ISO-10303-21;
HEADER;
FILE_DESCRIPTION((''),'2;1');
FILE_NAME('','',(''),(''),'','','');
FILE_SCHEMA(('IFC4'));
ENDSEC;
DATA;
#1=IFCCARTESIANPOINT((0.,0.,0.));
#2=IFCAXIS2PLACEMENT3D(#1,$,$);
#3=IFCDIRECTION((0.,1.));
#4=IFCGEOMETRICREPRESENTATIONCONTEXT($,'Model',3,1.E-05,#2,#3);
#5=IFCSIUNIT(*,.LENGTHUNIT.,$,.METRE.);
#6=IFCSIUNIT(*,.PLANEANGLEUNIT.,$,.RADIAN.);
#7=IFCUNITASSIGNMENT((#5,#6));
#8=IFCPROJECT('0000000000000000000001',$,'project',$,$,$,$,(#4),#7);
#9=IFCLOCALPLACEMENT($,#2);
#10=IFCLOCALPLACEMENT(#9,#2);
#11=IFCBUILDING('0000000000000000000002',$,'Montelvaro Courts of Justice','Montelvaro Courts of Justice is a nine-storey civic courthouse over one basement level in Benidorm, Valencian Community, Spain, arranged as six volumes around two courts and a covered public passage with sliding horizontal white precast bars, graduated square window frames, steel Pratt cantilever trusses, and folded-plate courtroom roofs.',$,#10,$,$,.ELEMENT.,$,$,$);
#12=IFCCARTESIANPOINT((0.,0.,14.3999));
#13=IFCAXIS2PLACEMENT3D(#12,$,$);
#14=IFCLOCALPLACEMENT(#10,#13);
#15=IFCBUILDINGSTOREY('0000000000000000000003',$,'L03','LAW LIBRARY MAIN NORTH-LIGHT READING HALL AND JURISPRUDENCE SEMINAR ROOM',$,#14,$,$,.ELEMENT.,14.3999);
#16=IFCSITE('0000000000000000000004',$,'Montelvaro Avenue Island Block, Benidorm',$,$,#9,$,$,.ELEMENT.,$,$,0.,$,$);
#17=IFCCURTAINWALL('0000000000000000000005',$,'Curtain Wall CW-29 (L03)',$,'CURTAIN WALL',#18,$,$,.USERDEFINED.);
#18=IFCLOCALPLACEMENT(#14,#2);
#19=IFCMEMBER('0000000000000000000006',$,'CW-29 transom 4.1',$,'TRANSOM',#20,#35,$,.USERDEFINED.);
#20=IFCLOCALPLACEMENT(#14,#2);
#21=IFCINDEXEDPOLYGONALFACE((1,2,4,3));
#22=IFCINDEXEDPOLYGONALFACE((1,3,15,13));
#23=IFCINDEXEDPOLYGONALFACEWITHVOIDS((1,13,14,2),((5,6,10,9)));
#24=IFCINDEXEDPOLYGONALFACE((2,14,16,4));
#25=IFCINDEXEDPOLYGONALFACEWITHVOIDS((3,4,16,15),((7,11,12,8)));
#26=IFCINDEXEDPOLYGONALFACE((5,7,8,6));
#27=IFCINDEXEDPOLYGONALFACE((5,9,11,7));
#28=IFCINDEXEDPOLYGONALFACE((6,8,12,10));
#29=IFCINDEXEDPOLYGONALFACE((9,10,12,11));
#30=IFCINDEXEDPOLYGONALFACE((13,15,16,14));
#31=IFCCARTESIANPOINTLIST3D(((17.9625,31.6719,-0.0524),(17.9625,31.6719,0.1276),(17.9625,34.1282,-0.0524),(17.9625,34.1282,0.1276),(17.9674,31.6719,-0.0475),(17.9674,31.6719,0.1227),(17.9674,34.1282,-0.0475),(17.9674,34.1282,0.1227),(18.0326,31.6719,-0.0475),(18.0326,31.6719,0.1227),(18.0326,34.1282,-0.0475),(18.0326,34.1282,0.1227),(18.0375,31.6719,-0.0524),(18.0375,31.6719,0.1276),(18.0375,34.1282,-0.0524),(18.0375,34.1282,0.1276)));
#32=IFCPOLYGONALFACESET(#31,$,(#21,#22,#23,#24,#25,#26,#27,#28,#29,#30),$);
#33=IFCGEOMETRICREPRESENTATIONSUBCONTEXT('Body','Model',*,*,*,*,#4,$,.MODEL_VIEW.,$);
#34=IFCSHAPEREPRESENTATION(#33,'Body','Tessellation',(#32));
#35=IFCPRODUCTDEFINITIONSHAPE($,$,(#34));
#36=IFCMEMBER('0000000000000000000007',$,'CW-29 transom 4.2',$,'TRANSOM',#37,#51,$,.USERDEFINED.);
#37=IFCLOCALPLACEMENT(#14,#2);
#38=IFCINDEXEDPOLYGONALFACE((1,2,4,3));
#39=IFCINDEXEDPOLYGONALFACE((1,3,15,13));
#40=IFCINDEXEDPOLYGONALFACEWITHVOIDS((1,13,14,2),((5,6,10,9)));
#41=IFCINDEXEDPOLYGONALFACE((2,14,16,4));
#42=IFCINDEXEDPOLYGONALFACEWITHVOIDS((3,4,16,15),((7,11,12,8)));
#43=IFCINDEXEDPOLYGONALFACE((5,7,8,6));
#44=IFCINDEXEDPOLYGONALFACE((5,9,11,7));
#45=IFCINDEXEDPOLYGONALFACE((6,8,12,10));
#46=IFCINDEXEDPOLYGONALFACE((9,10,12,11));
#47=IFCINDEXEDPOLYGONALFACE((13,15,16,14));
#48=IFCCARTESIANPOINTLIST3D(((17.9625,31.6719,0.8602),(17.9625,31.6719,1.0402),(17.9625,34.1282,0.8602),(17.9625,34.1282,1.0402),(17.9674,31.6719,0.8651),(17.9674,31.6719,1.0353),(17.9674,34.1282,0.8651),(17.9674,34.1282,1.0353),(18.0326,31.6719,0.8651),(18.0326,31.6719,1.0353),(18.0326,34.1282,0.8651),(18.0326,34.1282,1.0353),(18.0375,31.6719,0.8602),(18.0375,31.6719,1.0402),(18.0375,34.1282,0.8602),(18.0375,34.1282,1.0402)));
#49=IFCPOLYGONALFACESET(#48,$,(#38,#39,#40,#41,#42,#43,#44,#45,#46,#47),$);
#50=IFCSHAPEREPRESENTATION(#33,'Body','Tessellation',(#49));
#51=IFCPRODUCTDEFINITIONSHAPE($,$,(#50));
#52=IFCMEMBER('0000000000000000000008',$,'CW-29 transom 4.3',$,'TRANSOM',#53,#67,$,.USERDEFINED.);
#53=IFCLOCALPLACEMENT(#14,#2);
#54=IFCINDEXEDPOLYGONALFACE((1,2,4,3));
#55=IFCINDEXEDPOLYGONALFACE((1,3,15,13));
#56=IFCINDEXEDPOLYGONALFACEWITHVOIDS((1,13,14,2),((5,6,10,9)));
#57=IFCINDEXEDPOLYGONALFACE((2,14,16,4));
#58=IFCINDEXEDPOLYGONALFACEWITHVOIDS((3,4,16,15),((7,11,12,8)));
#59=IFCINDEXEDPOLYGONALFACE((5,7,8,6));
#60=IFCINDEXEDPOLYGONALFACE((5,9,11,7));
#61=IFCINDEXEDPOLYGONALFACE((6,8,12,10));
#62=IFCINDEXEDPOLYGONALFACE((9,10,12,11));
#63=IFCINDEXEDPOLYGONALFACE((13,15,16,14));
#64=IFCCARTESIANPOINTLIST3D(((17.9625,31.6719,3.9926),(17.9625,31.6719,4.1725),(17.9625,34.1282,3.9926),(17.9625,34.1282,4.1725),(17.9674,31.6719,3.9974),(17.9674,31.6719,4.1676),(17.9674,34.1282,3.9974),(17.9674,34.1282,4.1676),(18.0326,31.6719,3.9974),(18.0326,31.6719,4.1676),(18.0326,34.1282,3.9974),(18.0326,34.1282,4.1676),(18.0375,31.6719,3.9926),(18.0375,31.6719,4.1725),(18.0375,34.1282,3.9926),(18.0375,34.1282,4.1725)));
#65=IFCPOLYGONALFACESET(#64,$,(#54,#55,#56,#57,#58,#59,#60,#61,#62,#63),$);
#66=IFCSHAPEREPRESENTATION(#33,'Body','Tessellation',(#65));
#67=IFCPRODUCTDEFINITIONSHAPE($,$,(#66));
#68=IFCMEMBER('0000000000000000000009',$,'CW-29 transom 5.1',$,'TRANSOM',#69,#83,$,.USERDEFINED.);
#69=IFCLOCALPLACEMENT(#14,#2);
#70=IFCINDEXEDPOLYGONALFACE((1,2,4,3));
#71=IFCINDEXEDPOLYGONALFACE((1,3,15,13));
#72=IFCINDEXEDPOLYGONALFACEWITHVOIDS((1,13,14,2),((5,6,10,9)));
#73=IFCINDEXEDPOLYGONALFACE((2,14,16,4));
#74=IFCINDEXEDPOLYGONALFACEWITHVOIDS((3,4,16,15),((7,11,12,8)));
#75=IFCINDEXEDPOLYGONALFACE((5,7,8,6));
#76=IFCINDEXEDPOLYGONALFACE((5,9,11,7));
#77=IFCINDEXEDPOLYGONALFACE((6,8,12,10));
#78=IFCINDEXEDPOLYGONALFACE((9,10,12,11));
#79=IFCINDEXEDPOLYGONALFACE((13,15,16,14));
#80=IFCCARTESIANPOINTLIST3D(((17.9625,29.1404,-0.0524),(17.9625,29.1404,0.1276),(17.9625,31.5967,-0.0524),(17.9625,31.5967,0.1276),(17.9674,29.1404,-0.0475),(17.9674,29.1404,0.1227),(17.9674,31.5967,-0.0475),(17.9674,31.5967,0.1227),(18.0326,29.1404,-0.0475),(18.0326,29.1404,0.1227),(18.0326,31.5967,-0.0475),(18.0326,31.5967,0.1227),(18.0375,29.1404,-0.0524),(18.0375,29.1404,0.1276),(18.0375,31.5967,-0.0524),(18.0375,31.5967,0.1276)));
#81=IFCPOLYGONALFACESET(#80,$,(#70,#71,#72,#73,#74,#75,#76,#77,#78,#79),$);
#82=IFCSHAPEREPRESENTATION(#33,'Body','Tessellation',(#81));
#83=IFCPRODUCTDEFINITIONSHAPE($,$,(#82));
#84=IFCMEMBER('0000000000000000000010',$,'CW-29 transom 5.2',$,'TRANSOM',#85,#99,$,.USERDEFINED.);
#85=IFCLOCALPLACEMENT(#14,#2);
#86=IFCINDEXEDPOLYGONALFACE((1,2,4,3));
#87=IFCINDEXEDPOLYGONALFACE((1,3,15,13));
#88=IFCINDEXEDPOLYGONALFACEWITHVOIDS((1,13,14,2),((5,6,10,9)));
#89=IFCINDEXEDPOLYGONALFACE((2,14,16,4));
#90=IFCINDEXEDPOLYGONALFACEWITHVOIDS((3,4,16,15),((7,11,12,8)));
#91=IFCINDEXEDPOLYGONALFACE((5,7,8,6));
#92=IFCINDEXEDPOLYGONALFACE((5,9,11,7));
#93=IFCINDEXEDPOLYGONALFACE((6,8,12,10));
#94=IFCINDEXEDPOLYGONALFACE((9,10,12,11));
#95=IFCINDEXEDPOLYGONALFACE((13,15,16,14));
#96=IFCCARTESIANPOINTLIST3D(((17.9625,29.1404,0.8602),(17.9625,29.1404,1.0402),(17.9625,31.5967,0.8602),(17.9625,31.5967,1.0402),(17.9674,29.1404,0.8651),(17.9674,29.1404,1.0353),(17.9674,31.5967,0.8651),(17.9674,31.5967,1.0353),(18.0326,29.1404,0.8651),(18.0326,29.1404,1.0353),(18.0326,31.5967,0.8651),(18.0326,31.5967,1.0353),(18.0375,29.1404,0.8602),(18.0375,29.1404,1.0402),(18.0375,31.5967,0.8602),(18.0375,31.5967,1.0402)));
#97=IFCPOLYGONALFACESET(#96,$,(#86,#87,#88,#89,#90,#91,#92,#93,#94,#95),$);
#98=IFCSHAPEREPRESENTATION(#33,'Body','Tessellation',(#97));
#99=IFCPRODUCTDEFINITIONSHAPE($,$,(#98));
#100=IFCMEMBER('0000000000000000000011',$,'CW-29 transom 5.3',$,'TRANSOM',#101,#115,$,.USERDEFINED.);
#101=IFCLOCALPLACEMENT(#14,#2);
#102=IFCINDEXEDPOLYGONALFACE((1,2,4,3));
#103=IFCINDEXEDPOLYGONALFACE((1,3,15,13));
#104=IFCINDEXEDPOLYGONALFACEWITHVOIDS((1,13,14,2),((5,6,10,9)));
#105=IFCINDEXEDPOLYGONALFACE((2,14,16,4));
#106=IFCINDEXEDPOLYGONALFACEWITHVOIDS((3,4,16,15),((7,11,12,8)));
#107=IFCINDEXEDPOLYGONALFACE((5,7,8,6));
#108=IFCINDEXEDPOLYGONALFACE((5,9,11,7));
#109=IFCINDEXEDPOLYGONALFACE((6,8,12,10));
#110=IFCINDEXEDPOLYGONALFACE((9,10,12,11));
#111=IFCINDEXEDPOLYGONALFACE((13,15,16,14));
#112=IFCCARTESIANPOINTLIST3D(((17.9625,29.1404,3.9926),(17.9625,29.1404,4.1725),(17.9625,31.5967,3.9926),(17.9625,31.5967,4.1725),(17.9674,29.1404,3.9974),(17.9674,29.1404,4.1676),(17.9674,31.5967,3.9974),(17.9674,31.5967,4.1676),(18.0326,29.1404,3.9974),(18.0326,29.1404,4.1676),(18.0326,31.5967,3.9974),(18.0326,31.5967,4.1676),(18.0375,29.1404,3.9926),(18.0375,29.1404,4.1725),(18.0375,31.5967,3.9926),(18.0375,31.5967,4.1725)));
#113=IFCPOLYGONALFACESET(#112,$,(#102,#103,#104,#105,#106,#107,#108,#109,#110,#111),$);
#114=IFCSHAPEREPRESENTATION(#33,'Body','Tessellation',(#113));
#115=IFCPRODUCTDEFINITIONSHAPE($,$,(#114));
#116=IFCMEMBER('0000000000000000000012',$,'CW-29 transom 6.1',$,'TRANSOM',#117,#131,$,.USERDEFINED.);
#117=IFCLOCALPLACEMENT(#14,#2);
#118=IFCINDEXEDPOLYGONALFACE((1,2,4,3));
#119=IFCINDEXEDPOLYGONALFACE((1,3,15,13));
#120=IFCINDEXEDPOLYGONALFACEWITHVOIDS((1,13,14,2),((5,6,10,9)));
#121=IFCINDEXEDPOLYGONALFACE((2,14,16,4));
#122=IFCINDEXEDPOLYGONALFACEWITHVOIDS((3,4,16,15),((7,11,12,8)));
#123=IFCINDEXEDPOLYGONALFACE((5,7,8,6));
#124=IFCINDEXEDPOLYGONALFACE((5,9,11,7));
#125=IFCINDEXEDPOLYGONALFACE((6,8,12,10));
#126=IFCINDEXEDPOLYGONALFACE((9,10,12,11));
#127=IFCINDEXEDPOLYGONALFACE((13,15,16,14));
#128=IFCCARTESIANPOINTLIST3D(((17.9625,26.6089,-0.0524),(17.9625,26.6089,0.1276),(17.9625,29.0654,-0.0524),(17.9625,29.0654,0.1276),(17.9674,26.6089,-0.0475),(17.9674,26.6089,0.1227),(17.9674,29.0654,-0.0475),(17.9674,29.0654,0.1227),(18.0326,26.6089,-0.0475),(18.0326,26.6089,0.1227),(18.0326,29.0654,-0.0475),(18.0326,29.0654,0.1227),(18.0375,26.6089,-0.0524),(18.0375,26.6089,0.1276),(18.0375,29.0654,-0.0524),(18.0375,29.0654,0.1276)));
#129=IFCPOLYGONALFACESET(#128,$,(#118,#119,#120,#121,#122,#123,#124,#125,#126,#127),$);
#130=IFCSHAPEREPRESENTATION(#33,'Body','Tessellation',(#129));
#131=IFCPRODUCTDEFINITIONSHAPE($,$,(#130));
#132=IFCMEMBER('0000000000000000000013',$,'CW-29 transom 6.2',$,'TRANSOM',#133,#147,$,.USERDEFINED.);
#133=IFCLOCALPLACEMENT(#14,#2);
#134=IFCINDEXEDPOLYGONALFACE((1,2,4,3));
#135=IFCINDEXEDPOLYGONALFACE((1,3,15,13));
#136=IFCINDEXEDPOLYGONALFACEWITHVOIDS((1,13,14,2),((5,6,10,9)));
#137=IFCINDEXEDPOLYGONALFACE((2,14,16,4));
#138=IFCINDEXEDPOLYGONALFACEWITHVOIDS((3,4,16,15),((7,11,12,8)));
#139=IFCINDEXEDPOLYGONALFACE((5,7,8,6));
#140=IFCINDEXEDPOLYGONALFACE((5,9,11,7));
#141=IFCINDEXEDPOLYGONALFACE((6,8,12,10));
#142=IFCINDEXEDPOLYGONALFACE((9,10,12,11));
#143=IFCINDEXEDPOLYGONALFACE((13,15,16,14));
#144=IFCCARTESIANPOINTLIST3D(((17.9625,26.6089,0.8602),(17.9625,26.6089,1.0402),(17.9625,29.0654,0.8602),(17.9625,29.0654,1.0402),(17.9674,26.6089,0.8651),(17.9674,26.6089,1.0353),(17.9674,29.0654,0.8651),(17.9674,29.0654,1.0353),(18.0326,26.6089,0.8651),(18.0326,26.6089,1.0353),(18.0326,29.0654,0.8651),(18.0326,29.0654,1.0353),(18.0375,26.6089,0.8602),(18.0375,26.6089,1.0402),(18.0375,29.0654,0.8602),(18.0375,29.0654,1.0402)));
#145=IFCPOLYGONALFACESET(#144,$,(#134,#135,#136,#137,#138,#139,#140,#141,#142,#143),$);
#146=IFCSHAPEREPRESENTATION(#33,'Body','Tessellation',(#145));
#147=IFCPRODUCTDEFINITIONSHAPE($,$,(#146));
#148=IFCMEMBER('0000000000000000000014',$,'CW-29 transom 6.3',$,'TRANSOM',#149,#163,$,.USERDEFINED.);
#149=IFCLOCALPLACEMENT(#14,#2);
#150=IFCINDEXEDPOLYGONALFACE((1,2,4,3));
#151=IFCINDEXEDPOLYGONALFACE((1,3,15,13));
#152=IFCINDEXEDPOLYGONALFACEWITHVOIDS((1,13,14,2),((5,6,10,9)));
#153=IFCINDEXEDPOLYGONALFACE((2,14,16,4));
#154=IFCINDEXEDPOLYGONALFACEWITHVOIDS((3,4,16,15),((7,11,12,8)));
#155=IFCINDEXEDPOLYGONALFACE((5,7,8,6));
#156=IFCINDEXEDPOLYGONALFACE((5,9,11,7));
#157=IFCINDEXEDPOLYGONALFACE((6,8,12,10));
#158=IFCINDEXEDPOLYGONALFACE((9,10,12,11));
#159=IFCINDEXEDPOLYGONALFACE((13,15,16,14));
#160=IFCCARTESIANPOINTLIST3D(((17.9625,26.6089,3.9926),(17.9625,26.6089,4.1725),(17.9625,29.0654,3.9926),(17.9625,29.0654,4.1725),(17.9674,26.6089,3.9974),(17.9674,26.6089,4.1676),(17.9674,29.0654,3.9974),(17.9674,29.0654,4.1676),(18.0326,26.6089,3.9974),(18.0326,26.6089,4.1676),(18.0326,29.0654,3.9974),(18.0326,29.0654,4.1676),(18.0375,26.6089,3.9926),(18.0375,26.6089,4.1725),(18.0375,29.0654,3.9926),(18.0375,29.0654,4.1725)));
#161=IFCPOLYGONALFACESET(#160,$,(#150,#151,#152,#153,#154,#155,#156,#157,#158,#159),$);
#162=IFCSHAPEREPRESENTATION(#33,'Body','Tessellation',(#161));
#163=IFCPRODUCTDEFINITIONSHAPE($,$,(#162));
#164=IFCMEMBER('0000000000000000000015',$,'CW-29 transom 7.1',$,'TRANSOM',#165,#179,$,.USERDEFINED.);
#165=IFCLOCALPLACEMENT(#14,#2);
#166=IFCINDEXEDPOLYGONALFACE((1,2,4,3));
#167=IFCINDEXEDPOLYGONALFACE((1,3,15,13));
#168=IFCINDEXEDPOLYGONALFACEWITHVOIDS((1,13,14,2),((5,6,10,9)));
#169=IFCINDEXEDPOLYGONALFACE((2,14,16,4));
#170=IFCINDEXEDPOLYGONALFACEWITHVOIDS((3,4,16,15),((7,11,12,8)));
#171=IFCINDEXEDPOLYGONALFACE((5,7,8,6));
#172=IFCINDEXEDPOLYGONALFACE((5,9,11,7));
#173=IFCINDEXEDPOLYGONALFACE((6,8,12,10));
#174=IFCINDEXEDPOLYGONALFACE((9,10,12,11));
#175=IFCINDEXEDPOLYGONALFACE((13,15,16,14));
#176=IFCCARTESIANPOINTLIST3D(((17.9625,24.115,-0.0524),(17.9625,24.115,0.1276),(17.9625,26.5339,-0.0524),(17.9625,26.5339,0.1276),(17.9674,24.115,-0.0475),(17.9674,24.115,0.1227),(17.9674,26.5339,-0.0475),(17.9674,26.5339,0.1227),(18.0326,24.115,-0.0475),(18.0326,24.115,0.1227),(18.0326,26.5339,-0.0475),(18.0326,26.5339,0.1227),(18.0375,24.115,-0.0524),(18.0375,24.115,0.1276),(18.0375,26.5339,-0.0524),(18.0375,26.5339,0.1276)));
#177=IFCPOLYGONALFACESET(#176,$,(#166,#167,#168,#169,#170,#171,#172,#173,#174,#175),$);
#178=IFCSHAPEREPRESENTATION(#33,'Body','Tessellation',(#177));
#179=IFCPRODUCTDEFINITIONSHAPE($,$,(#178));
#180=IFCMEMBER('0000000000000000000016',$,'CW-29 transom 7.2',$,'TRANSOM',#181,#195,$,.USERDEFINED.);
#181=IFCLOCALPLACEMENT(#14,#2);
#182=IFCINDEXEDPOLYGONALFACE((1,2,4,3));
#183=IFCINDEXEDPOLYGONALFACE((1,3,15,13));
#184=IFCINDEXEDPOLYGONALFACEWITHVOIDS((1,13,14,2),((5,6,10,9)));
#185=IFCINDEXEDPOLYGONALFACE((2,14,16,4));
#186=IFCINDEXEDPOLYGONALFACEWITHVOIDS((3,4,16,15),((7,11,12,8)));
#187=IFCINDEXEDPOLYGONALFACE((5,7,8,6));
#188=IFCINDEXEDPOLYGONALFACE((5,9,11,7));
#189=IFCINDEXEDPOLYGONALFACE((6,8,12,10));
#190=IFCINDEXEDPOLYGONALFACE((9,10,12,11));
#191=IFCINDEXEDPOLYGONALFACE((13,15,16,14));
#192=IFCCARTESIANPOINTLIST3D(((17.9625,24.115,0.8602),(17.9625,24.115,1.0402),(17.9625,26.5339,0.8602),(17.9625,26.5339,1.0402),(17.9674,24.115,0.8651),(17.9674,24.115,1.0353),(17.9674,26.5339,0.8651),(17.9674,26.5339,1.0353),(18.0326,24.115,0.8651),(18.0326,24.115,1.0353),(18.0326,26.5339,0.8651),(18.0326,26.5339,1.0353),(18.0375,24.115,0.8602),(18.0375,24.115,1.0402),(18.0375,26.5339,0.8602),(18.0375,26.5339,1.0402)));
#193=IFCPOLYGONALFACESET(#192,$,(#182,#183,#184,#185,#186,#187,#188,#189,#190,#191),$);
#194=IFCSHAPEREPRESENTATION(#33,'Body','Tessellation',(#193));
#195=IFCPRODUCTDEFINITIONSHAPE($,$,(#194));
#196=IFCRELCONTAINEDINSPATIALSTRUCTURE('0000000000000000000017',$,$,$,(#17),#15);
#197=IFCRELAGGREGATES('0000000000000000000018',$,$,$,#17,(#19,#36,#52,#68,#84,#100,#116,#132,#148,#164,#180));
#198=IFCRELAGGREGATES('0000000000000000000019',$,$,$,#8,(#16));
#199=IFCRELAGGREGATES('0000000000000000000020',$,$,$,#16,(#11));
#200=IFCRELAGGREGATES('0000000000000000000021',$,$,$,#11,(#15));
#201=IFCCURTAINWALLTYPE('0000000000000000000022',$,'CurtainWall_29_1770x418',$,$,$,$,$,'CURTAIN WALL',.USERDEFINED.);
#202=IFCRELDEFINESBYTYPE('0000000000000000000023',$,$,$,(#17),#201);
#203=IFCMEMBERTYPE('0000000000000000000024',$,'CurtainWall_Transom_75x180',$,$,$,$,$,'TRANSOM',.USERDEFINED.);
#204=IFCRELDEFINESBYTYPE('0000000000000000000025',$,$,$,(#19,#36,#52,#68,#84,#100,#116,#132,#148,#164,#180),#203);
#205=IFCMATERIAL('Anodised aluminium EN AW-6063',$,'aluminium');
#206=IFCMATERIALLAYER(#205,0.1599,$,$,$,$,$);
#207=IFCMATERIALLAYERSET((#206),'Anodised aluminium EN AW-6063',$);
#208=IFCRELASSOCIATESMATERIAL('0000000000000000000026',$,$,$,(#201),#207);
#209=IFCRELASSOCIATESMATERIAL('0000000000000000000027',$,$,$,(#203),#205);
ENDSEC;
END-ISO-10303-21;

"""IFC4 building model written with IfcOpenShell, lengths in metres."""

from ifc_helpers import new_model, si_unit, direction, frame, origin, origin_2d, place, context, subcontext, project, spatial, hollow_rectangle, extrude, material, layer, layer_set, material_profile, profile_set, type_object, element, aggregate, save


model = new_model("IFC4")

# Units and contexts
model_context = context("Model", 3, precision=1e-05, world=origin(), true_north=direction((0.0, 1.0)))
body_context = subcontext(model_context, "Body", "Model", "MODEL_VIEW")
ifc_project = project(units=[si_unit("LENGTHUNIT", "METRE"), si_unit("PLANEANGLEUNIT", "RADIAN")], contexts=[model_context])

# Site, building, storey
site_placement = place(None, origin())
site = spatial("IfcSite", under=ifc_project, at=site_placement, Name="Montelvaro Avenue Island Block, Benidorm", CompositionType="ELEMENT", RefElevation=0.0)
building_placement = place(site_placement, origin())
building = spatial("IfcBuilding", under=site, at=building_placement, Name="Montelvaro Courts of Justice", Description="Montelvaro Courts of Justice is a nine-storey civic courthouse over one basement level in Benidorm, Valencian Community, Spain, arranged as six volumes around two courts and a covered public passage with sliding horizontal white precast bars, graduated square window frames, steel Pratt cantilever trusses, and folded-plate courtroom roofs.", CompositionType="ELEMENT")
storey_placement = place(building_placement, frame((0.0, 0.0, 14.3999)))
storey = spatial("IfcBuildingStorey", under=building, at=storey_placement, Name="L03", Description="LAW LIBRARY MAIN NORTH-LIGHT READING HALL AND JURISPRUDENCE SEMINAR ROOM", CompositionType="ELEMENT", Elevation=14.3999)

# Curtain wall, members
ifc_material_1 = material(Name="Anodised aluminium EN AW-6063", Category="aluminium")
ifc_layer_1 = layer(ifc_material_1, 0.1599)
ifc_layer_set_1 = layer_set([ifc_layer_1], Name="Anodised aluminium EN AW-6063")
curtain_wall_type = type_object("IfcCurtainWallType", Name="CurtainWall_29_1770x418", ElementType="CURTAIN WALL", PredefinedType="USERDEFINED", material=ifc_layer_set_1)
curtain_wall_placement = place(storey_placement, origin())
curtain_wall = element("IfcCurtainWall", 1, at=curtain_wall_placement, inside=storey, type_object=curtain_wall_type, Name="Curtain Wall CW-29 (L03)", ObjectType="CURTAIN WALL", PredefinedType="USERDEFINED")
ifc_material_profile_1 = material_profile(ifc_material_1, hollow_rectangle(XDim=0.075, YDim=0.1799, WallThickness=0.0049, at=origin_2d()), Name="ALU-T 75x180")
ifc_profile_set_1 = profile_set([ifc_material_profile_1], Name="Anodised aluminium EN AW-6063")
member_type_1 = type_object("IfcMemberType", Name="CurtainWall_Transom_75x180", ElementType="TRANSOM", PredefinedType="USERDEFINED", material=ifc_profile_set_1)
member_1_placement = place(storey_placement, frame((18.0, 34.1282, 0.0376), z_axis=(0.0, -1.0, 0.0), x_axis=(1.0, 0.0, 0.0)))
member_1 = element("IfcMember", 2, at=member_1_placement, type_object=member_type_1, Name="CW-29 transom 4.1", ObjectType="TRANSOM", PredefinedType="USERDEFINED", context=body_context, shape_type="SweptSolid", body=[
    extrude(hollow_rectangle(XDim=0.075, YDim=0.1799, WallThickness=0.0049, at=origin_2d()), origin(), (0.0, 0.0, 1.0), 2.4563),
])
member_2_placement = place(storey_placement, frame((18.0, 34.1282, 0.9502), z_axis=(0.0, -1.0, 0.0), x_axis=(1.0, 0.0, 0.0)))
member_2 = element("IfcMember", 3, at=member_2_placement, type_object=member_type_1, Name="CW-29 transom 4.2", ObjectType="TRANSOM", PredefinedType="USERDEFINED", context=body_context, shape_type="SweptSolid", body=[
    extrude(hollow_rectangle(XDim=0.075, YDim=0.1799, WallThickness=0.0049, at=origin_2d()), origin(), (0.0, 0.0, 1.0), 2.4563),
])
member_3_placement = place(storey_placement, frame((18.0, 34.1282, 4.0825), z_axis=(0.0, -1.0, 0.0), x_axis=(1.0, 0.0, 0.0)))
member_3 = element("IfcMember", 4, at=member_3_placement, type_object=member_type_1, Name="CW-29 transom 4.3", ObjectType="TRANSOM", PredefinedType="USERDEFINED", context=body_context, shape_type="SweptSolid", body=[
    extrude(hollow_rectangle(XDim=0.075, YDim=0.1799, WallThickness=0.0049, at=origin_2d()), origin(), (0.0, 0.0, 1.0), 2.4563),
])
member_4_placement = place(storey_placement, frame((18.0, 31.5967, 0.0376), z_axis=(0.0, -1.0, 0.0), x_axis=(1.0, 0.0, 0.0)))
member_4 = element("IfcMember", 5, at=member_4_placement, type_object=member_type_1, Name="CW-29 transom 5.1", ObjectType="TRANSOM", PredefinedType="USERDEFINED", context=body_context, shape_type="SweptSolid", body=[
    extrude(hollow_rectangle(XDim=0.075, YDim=0.1799, WallThickness=0.0049, at=origin_2d()), origin(), (0.0, 0.0, 1.0), 2.4563),
])
member_5_placement = place(storey_placement, frame((18.0, 31.5967, 0.9502), z_axis=(0.0, -1.0, 0.0), x_axis=(1.0, 0.0, 0.0)))
member_5 = element("IfcMember", 6, at=member_5_placement, type_object=member_type_1, Name="CW-29 transom 5.2", ObjectType="TRANSOM", PredefinedType="USERDEFINED", context=body_context, shape_type="SweptSolid", body=[
    extrude(hollow_rectangle(XDim=0.075, YDim=0.1799, WallThickness=0.0049, at=origin_2d()), origin(), (0.0, 0.0, 1.0), 2.4563),
])
member_6_placement = place(storey_placement, frame((18.0, 31.5967, 4.0825), z_axis=(0.0, -1.0, 0.0), x_axis=(1.0, 0.0, 0.0)))
member_6 = element("IfcMember", 7, at=member_6_placement, type_object=member_type_1, Name="CW-29 transom 5.3", ObjectType="TRANSOM", PredefinedType="USERDEFINED", context=body_context, shape_type="SweptSolid", body=[
    extrude(hollow_rectangle(XDim=0.075, YDim=0.1799, WallThickness=0.0049, at=origin_2d()), origin(), (0.0, 0.0, 1.0), 2.4563),
])
member_7_placement = place(storey_placement, frame((18.0, 29.0654, 0.0376), z_axis=(0.0, -1.0, 0.0), x_axis=(1.0, 0.0, 0.0)))
member_7 = element("IfcMember", 8, at=member_7_placement, type_object=member_type_1, Name="CW-29 transom 6.1", ObjectType="TRANSOM", PredefinedType="USERDEFINED", context=body_context, shape_type="SweptSolid", body=[
    extrude(hollow_rectangle(XDim=0.075, YDim=0.1799, WallThickness=0.0049, at=origin_2d()), origin(), (0.0, 0.0, 1.0), 2.4565),
])
member_8_placement = place(storey_placement, frame((18.0, 29.0654, 0.9502), z_axis=(0.0, -1.0, 0.0), x_axis=(1.0, 0.0, 0.0)))
member_8 = element("IfcMember", 9, at=member_8_placement, type_object=member_type_1, Name="CW-29 transom 6.2", ObjectType="TRANSOM", PredefinedType="USERDEFINED", context=body_context, shape_type="SweptSolid", body=[
    extrude(hollow_rectangle(XDim=0.075, YDim=0.1799, WallThickness=0.0049, at=origin_2d()), origin(), (0.0, 0.0, 1.0), 2.4565),
])
member_9_placement = place(storey_placement, frame((18.0, 29.0654, 4.0825), z_axis=(0.0, -1.0, 0.0), x_axis=(1.0, 0.0, 0.0)))
member_9 = element("IfcMember", 10, at=member_9_placement, type_object=member_type_1, Name="CW-29 transom 6.3", ObjectType="TRANSOM", PredefinedType="USERDEFINED", context=body_context, shape_type="SweptSolid", body=[
    extrude(hollow_rectangle(XDim=0.075, YDim=0.1799, WallThickness=0.0049, at=origin_2d()), origin(), (0.0, 0.0, 1.0), 2.4565),
])
member_10_placement = place(storey_placement, frame((18.0, 26.5339, 0.0376), z_axis=(0.0, -1.0, 0.0), x_axis=(1.0, 0.0, 0.0)))
member_10 = element("IfcMember", 11, at=member_10_placement, type_object=member_type_1, Name="CW-29 transom 7.1", ObjectType="TRANSOM", PredefinedType="USERDEFINED", context=body_context, shape_type="SweptSolid", body=[
    extrude(hollow_rectangle(XDim=0.075, YDim=0.1799, WallThickness=0.0049, at=origin_2d()), origin(), (0.0, 0.0, 1.0), 2.4189),
])
member_11_placement = place(storey_placement, frame((18.0, 26.5339, 0.9502), z_axis=(0.0, -1.0, 0.0), x_axis=(1.0, 0.0, 0.0)))
member_11 = element("IfcMember", 12, at=member_11_placement, type_object=member_type_1, Name="CW-29 transom 7.2", ObjectType="TRANSOM", PredefinedType="USERDEFINED", context=body_context, shape_type="SweptSolid", body=[
    extrude(hollow_rectangle(XDim=0.075, YDim=0.1799, WallThickness=0.0049, at=origin_2d()), origin(), (0.0, 0.0, 1.0), 2.4189),
])
aggregate(curtain_wall, [member_1, member_2, member_3, member_4, member_5, member_6, member_7, member_8, member_9, member_10, member_11])

save(model, "model.ifc")
